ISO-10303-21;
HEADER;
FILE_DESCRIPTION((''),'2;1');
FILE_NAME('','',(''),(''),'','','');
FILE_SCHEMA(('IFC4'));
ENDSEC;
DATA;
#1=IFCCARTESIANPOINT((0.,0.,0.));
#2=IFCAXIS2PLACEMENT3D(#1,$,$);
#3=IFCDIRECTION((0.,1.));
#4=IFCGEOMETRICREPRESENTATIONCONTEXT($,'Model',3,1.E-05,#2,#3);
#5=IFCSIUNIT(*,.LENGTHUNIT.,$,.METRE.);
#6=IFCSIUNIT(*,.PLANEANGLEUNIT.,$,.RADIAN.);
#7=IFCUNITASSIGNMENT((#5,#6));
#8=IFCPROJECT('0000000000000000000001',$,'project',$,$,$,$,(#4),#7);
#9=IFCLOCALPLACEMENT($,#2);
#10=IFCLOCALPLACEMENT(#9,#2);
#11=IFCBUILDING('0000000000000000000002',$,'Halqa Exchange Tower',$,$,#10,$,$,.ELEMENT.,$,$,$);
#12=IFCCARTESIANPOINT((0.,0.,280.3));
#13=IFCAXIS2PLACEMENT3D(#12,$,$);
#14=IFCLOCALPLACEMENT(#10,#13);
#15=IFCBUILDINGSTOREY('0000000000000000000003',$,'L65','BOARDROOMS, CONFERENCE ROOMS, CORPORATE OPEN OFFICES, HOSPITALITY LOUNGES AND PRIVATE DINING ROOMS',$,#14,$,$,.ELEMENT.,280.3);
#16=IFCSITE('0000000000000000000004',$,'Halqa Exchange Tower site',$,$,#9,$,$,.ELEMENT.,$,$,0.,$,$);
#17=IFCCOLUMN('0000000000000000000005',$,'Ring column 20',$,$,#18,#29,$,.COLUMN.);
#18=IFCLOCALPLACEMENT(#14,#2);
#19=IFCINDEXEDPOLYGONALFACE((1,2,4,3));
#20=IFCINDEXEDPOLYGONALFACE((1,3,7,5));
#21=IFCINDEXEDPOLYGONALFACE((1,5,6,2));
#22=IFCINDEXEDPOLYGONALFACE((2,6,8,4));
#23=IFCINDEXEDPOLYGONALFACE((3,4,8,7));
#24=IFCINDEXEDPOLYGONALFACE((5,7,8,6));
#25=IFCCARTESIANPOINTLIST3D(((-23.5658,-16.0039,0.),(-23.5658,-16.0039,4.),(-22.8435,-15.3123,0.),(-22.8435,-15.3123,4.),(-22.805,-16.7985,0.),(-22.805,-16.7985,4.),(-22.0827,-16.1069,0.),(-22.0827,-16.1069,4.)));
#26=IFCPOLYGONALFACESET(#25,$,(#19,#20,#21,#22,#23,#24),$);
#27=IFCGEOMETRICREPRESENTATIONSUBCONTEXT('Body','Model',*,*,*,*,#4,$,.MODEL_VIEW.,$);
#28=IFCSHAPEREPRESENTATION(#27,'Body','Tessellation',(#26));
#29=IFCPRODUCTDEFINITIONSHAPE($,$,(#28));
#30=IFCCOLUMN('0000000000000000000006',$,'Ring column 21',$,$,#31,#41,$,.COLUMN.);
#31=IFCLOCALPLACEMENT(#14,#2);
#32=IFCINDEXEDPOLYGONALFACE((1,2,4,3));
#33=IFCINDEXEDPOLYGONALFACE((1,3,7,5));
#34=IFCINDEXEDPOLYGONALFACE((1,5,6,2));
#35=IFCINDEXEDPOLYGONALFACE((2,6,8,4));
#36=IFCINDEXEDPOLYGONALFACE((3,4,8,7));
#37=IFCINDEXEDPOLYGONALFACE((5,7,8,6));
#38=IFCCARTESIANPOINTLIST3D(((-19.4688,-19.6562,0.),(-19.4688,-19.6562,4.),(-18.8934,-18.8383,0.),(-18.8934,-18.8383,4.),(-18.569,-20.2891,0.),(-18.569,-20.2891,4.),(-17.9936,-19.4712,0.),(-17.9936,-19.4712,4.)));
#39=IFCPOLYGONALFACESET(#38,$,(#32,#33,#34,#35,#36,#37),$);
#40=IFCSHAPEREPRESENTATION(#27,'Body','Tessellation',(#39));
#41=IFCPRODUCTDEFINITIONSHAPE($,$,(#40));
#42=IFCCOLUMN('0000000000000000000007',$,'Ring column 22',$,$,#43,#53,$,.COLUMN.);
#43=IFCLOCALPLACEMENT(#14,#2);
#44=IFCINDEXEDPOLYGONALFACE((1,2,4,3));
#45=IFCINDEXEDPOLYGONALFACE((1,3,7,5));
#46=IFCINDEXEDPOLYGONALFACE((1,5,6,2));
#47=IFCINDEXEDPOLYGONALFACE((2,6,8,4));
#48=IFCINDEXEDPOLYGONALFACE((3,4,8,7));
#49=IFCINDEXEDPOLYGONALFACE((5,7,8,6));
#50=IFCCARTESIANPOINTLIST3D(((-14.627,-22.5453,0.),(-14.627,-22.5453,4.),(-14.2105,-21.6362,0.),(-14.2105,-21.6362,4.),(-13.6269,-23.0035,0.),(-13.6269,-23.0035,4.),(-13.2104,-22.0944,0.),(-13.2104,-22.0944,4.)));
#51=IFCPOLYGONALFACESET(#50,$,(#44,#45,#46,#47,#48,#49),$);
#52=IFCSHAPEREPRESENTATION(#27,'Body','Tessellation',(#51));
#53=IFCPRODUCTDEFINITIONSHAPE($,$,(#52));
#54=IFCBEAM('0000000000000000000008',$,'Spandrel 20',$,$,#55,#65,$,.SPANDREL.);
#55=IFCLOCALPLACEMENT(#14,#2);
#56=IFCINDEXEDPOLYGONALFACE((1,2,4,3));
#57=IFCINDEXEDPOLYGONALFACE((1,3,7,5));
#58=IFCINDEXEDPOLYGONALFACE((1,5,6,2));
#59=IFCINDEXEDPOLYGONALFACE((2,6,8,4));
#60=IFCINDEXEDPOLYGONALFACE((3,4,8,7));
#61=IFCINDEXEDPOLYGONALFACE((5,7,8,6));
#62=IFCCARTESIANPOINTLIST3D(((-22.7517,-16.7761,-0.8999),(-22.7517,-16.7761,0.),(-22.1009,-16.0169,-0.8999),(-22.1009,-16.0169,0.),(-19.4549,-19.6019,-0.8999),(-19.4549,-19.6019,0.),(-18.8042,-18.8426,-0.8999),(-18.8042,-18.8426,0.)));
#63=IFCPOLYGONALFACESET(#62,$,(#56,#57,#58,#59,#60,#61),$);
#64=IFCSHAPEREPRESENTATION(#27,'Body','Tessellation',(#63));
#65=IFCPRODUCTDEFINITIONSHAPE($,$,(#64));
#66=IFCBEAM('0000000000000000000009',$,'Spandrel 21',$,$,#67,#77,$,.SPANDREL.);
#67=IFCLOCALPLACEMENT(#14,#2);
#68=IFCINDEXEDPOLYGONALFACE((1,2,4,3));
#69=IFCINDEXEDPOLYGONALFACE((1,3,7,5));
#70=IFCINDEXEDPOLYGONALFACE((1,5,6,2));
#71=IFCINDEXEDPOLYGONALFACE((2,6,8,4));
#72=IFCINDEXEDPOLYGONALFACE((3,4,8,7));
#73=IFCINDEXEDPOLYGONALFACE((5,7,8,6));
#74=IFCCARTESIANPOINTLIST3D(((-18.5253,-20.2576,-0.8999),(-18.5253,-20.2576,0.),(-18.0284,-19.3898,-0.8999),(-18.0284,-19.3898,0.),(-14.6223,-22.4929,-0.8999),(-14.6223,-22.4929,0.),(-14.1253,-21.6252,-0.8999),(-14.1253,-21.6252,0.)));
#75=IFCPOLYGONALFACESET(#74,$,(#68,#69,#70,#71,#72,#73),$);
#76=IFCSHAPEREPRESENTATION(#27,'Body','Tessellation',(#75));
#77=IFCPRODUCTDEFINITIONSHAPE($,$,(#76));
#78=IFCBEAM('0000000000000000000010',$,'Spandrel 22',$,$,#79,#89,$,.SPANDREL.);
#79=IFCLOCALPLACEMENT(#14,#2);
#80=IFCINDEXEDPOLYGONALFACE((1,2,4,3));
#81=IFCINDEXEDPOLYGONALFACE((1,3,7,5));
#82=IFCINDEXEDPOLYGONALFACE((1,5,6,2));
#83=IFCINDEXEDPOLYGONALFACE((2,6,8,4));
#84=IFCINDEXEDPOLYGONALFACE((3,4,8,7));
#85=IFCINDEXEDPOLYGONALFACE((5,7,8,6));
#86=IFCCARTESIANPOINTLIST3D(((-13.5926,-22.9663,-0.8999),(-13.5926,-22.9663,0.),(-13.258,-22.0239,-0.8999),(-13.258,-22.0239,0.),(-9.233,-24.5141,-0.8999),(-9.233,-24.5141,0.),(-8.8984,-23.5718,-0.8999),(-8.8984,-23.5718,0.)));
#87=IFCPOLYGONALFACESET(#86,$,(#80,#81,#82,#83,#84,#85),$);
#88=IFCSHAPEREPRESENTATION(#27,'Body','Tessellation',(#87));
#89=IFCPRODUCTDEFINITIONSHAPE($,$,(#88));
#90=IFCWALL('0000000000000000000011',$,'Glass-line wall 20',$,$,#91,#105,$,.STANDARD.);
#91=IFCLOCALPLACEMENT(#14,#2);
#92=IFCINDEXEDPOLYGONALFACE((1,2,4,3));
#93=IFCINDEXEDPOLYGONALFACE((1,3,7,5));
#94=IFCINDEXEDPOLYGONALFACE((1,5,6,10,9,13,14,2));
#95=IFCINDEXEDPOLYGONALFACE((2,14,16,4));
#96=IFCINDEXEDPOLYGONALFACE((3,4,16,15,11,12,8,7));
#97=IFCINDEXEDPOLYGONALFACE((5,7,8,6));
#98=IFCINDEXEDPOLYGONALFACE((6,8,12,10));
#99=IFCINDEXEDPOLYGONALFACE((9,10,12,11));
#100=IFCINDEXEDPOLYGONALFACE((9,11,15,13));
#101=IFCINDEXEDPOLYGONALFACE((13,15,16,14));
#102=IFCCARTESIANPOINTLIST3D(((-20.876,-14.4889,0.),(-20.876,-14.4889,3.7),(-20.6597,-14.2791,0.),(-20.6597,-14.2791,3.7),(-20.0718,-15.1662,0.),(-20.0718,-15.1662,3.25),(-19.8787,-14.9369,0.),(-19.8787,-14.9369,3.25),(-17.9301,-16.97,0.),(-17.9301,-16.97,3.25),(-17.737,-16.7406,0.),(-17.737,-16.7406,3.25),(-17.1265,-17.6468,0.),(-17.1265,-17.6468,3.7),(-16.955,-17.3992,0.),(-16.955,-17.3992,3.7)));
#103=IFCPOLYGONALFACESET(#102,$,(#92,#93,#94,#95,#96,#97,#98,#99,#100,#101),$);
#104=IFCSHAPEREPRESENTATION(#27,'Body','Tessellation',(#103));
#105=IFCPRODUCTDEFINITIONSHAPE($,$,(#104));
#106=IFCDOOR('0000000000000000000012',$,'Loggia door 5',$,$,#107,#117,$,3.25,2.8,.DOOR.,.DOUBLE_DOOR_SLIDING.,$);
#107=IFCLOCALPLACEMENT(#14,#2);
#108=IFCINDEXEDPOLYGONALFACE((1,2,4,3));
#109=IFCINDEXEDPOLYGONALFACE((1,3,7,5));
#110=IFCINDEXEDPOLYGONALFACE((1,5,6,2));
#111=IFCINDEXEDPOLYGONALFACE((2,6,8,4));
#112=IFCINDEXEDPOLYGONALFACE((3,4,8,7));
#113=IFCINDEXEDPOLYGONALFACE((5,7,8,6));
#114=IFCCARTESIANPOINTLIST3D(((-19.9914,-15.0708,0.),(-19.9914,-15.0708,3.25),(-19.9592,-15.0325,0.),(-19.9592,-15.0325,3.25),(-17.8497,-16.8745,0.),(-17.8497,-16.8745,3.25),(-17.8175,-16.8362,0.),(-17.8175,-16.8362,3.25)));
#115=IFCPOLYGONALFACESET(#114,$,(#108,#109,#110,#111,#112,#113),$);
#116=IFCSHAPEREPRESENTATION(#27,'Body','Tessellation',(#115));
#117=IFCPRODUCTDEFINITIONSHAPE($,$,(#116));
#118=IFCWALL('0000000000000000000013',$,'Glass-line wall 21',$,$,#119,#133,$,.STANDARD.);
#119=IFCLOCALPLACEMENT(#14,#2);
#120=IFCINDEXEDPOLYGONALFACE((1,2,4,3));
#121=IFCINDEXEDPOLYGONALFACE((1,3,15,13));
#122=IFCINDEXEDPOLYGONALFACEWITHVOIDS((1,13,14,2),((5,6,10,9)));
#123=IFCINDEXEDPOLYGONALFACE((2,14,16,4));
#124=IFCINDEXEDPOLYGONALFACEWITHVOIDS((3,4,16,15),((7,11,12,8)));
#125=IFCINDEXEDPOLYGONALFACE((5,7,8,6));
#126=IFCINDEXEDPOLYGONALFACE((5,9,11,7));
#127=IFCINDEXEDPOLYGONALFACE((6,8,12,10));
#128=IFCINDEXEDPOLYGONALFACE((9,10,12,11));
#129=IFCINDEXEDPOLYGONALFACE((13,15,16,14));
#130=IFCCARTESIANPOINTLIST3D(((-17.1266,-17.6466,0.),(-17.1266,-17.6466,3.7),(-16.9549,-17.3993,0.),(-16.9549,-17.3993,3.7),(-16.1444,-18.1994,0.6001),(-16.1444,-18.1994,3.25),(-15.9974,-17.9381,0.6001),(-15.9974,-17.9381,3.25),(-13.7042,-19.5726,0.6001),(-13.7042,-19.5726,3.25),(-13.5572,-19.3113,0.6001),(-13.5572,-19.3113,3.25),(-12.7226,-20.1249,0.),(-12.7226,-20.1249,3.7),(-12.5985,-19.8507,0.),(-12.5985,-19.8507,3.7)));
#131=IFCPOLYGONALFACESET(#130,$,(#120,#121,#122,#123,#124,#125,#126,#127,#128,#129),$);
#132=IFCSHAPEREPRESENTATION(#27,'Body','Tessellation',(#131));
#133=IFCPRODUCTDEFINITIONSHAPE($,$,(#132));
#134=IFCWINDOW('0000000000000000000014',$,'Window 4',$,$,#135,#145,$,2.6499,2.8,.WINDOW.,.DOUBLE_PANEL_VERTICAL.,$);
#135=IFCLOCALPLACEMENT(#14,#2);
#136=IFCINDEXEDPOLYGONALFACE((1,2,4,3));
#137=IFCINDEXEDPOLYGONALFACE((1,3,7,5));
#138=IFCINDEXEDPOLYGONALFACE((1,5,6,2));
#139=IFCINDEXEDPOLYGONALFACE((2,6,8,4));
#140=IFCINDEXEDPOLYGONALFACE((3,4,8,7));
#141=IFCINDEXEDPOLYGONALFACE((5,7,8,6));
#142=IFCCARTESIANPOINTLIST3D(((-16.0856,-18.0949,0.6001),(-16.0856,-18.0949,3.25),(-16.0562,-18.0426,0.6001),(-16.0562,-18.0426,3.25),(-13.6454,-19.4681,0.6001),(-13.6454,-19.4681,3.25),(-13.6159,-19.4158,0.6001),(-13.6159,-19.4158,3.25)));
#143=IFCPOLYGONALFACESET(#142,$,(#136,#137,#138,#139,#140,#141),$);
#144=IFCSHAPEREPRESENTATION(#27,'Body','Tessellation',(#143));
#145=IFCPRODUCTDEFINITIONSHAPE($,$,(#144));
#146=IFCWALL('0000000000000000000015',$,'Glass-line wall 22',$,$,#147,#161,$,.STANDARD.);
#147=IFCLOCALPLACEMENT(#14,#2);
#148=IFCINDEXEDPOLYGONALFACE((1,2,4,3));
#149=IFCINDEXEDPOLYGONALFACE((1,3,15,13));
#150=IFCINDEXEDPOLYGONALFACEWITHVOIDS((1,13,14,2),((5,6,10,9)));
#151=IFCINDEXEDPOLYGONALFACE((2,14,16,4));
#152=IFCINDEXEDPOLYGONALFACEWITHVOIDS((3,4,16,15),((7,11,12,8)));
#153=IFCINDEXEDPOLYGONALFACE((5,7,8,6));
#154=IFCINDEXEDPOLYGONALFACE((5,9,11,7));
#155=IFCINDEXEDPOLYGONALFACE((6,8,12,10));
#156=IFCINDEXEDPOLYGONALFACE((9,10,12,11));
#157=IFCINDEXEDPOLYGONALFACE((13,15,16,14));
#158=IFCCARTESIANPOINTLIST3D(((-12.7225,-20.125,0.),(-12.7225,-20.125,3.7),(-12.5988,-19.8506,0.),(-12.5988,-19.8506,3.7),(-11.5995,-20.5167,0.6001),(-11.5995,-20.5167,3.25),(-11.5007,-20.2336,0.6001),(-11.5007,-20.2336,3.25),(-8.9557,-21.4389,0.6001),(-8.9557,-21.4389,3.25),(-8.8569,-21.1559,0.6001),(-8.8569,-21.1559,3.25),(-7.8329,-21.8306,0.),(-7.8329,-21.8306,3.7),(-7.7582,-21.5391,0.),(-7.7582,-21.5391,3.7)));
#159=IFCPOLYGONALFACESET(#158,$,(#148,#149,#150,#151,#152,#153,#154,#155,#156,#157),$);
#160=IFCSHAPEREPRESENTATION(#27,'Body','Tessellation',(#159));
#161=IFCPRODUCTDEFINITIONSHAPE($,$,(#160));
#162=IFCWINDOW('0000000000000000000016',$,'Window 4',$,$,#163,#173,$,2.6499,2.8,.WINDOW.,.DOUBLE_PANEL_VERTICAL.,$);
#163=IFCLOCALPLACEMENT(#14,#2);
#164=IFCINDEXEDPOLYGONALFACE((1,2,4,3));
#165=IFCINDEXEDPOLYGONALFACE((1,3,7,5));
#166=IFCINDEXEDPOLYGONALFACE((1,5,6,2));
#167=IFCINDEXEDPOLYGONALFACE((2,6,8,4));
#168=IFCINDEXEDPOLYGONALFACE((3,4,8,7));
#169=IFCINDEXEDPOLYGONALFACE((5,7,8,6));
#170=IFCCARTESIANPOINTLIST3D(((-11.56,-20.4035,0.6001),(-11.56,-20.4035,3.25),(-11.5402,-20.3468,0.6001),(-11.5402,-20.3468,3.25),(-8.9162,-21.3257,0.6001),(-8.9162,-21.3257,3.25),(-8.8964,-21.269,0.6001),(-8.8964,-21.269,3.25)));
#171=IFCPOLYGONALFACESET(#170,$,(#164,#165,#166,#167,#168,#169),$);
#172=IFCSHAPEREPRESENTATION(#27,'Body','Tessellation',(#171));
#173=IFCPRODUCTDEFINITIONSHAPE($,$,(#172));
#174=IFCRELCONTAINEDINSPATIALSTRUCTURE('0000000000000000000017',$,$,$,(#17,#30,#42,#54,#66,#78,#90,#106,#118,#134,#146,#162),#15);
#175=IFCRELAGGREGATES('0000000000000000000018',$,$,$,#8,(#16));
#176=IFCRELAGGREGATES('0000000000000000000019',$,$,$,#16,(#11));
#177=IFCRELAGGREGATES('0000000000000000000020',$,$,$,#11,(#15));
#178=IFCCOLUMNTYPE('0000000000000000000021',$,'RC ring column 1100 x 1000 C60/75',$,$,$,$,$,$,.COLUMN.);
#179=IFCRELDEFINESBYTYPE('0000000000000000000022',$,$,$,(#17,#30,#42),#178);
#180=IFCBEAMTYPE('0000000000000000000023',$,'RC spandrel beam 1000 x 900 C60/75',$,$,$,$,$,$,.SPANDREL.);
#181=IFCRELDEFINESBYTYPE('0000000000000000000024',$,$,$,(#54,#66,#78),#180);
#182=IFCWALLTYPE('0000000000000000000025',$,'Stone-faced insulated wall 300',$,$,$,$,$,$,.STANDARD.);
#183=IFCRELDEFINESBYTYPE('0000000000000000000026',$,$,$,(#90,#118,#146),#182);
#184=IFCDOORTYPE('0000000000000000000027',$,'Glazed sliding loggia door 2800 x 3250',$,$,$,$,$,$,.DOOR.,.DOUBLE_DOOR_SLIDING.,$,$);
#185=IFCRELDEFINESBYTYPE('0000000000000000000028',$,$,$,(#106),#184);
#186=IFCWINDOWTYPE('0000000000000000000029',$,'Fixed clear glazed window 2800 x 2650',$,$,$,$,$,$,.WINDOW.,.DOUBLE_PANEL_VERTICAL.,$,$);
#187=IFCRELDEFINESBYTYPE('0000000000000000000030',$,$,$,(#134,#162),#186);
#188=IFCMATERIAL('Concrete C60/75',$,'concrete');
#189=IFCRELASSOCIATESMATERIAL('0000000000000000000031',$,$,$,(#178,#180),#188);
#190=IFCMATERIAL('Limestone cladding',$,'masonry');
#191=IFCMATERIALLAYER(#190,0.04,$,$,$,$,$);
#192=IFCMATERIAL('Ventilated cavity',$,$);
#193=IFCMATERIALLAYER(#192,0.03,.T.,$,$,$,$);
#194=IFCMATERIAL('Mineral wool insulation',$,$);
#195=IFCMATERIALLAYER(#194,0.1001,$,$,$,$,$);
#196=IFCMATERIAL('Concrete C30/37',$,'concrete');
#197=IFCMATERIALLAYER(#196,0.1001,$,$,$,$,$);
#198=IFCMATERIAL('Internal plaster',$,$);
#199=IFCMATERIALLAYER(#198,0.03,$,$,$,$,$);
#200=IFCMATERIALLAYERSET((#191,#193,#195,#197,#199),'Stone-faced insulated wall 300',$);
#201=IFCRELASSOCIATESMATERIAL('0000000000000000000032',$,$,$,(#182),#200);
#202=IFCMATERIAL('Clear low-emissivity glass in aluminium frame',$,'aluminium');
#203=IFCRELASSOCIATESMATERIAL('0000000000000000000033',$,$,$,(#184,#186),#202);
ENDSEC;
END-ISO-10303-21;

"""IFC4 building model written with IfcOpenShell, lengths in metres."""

from ifc_helpers import new_model, si_unit, direction, frame, frame_2d, origin, origin_2d, place, context, subcontext, project, spatial, polyline, rectangle, outline, extrude, material, layer, layer_set, material_profile, profile_set, type_object, element, fill, save


model = new_model("IFC4")

# Units and contexts
model_context = context("Model", 3, precision=1e-05, world=origin(), true_north=direction((0.0, 1.0)))
body_context = subcontext(model_context, "Body", "Model", "MODEL_VIEW")
ifc_project = project(units=[si_unit("LENGTHUNIT", "METRE"), si_unit("PLANEANGLEUNIT", "RADIAN")], contexts=[model_context])

# Site, building, storey
site_placement = place(None, origin())
site = spatial("IfcSite", under=ifc_project, at=site_placement, Name="Halqa Exchange Tower site", CompositionType="ELEMENT", RefElevation=0.0)
building_placement = place(site_placement, origin())
building = spatial("IfcBuilding", under=site, at=building_placement, Name="Halqa Exchange Tower", CompositionType="ELEMENT")
storey_placement = place(building_placement, frame((0.0, 0.0, 280.3)))
storey = spatial("IfcBuildingStorey", under=building, at=storey_placement, Name="L65", Description="BOARDROOMS, CONFERENCE ROOMS, CORPORATE OPEN OFFICES, HOSPITALITY LOUNGES AND PRIVATE DINING ROOMS", CompositionType="ELEMENT", Elevation=280.3)

# Columns
ifc_material_1 = material(Name="Concrete C60/75", Category="concrete")
ifc_material_profile_1 = material_profile(ifc_material_1, rectangle(XDim=1.1001, YDim=1.0, at=origin_2d()), Name="1100 x 1000")
ifc_profile_set_1 = profile_set([ifc_material_profile_1], Name="Concrete C60/75")
column_type = type_object("IfcColumnType", Name="RC ring column 1100 x 1000 C60/75", PredefinedType="COLUMN", material=ifc_profile_set_1)
for number, where, z_axis, x_axis, name in (
    (1, (-22.8242, -16.0554, 0.0), (0.0, 0.0, 1.0), (0.691577, -0.722302, 0.0), "Ring column 20"),
    (2, (-18.7312, -19.5637, 0.0), (0.0, 0.0, 1.0), (0.817907, -0.575351, 0.0), "Ring column 21"),
    (3, (-13.9187, -22.3198, 0.0), (0.0, 0.0, 1.0), (0.909129, -0.416514, 0.0), "Ring column 22"),
):
    element("IfcColumn", number, at=place(storey_placement, frame(where, z_axis=z_axis, x_axis=x_axis)), inside=storey, type_object=column_type, Name=name, PredefinedType="COLUMN", context=body_context, shape_type="SweptSolid", body=[
        extrude(rectangle(XDim=1.1001, YDim=1.0, at=origin_2d()), origin(), (0.0, 0.0, 1.0), 4.0),
    ])

# Beams
ifc_material_profile_2 = material_profile(ifc_material_1, rectangle(XDim=1.0, YDim=0.8999, at=origin_2d()), Name="1000 x 900")
ifc_profile_set_2 = profile_set([ifc_material_profile_2], Name="Concrete C60/75")
beam_type = type_object("IfcBeamType", Name="RC spandrel beam 1000 x 900 C60/75", PredefinedType="SPANDREL", material=ifc_profile_set_2)
beam_1_placement = place(storey_placement, frame((-22.4263, -16.3965, -0.45), z_axis=(0.759257, -0.650791, 0.0), x_axis=(0.650791, 0.759257, 0.0)))
element("IfcBeam", 4, at=beam_1_placement, inside=storey, type_object=beam_type, Name="Spandrel 20", PredefinedType="SPANDREL", context=body_context, shape_type="SweptSolid", body=[
    extrude(rectangle(XDim=1.0, YDim=0.8999, at=origin_2d()), origin(), (0.0, 0.0, 1.0), 4.342),
])
beam_2_placement = place(storey_placement, frame((-18.2769, -19.8237, -0.45), z_axis=(0.867762, -0.49698, 0.0), x_axis=(0.49698, 0.867762, 0.0)))
element("IfcBeam", 5, at=beam_2_placement, inside=storey, type_object=beam_type, Name="Spandrel 21", PredefinedType="SPANDREL", context=body_context, shape_type="SweptSolid", body=[
    extrude(rectangle(XDim=1.0, YDim=0.8999, at=origin_2d()), origin(), (0.0, 0.0, 1.0), 4.4978),
])
beam_3_placement = place(storey_placement, frame((-13.4253, -22.4951, -0.45), z_axis=(0.942367, -0.334581, 0.0), x_axis=(0.334581, 0.942367, 0.0)))
element("IfcBeam", 6, at=beam_3_placement, inside=storey, type_object=beam_type, Name="Spandrel 22", PredefinedType="SPANDREL", context=body_context, shape_type="SweptSolid", body=[
    extrude(rectangle(XDim=1.0, YDim=0.8999, at=origin_2d()), origin(), (0.0, 0.0, 1.0), 4.6262),
])

# Wall, opening, door
ifc_material_2 = material(Name="Limestone cladding", Category="masonry")
ifc_layer_1 = layer(ifc_material_2, 0.04)
ifc_material_3 = material(Name="Ventilated cavity")
ifc_layer_2 = layer(ifc_material_3, 0.03, ventilated=True)
ifc_material_4 = material(Name="Mineral wool insulation")
ifc_layer_3 = layer(ifc_material_4, 0.1001)
ifc_material_5 = material(Name="Concrete C30/37", Category="concrete")
ifc_layer_4 = layer(ifc_material_5, 0.1001)
ifc_material_6 = material(Name="Internal plaster")
ifc_layer_5 = layer(ifc_material_6, 0.03)
ifc_layer_set_1 = layer_set([ifc_layer_1, ifc_layer_2, ifc_layer_3, ifc_layer_4, ifc_layer_5], Name="Stone-faced insulated wall 300")
wall_type_1 = type_object("IfcWallType", Name="Stone-faced insulated wall 300", PredefinedType="STANDARD", material=ifc_layer_set_1)
wall_1_placement = place(storey_placement, frame((-20.7678, -14.384, 0.0), z_axis=(0.0, 0.0, 1.0), x_axis=(0.764876, -0.644177, 0.0)))
wall_1 = element("IfcWall", 7, at=wall_1_placement, inside=storey, type_object=wall_type_1, Name="Glass-line wall 20", PredefinedType="STANDARD", context=body_context, shape_type="SweptSolid", body=[
    extrude(outline(polyline([(-0.0151, -0.1499), (4.887, -0.1499), (4.8586, 0.1499), (0.0151, 0.1499), (-0.0151, -0.1499)])), origin(), (0.0, 0.0, 1.0), 3.7),
])
opening_1_placement = place(wall_1_placement, frame((1.0364, 0.0, 0.0)))
opening_1 = element("IfcOpeningElement", 8, at=opening_1_placement, cuts=wall_1, PredefinedType="OPENING", context=body_context, shape_type="SweptSolid", body=[
    extrude(rectangle(XDim=2.8, YDim=3.25, at=frame_2d((1.3999, 1.625))), frame((0.0, 0.1621, 0.0), z_axis=(0.0, -1.0, 0.0), x_axis=(1.0, 0.0, 0.0)), (0.0, 0.0, 1.0), 0.324),
])
ifc_material_7 = material(Name="Clear low-emissivity glass in aluminium frame", Category="aluminium")
door_type_1 = type_object("IfcDoorType", Name="Glazed sliding loggia door 2800 x 3250", OperationType="DOUBLE_DOOR_SLIDING", PredefinedType="DOOR", material=ifc_material_7)
door_1_placement = place(opening_1_placement, origin())
door_1 = element("IfcDoor", 9, at=door_1_placement, inside=storey, type_object=door_type_1, Name="Loggia door 5", OperationType="DOUBLE_DOOR_SLIDING", OverallHeight=3.25, OverallWidth=2.8, PredefinedType="DOOR", context=body_context, shape_type="SweptSolid", body=[
    extrude(rectangle(XDim=2.8, YDim=3.25, at=frame_2d((1.3999, 1.625))), frame((0.0, 0.0249, 0.0), z_axis=(0.0, -1.0, 0.0), x_axis=(1.0, 0.0, 0.0)), (0.0, 0.0, 1.0), 0.05),
])
fill(opening_1, door_1)

# Walls, openings, windows
wall_2_placement = place(storey_placement, frame((-17.0408, -17.5229, 0.0), z_axis=(0.0, 0.0, 1.0), x_axis=(0.871489, -0.490416, 0.0)))
wall_2 = element("IfcWall", 10, at=wall_2_placement, inside=storey, type_object=wall_type_1, Name="Glass-line wall 21", PredefinedType="STANDARD", context=body_context, shape_type="SweptSolid", body=[
    extrude(outline(polyline([(-0.0142, -0.1499), (5.0393, -0.1499), (5.0129, 0.1499), (0.0142, 0.1499), (-0.0142, -0.1499)])), origin(), (0.0, 0.0, 1.0), 3.7),
])
opening_2_placement = place(wall_2_placement, frame((1.113, 0.0, 0.6001)))
opening_2 = element("IfcOpeningElement", 11, at=opening_2_placement, cuts=wall_2, PredefinedType="OPENING", context=body_context, shape_type="SweptSolid", body=[
    extrude(rectangle(XDim=2.8, YDim=2.6499, at=frame_2d((1.3999, 1.325))), frame((0.0, 0.1621, 0.0), z_axis=(0.0, -1.0, 0.0), x_axis=(1.0, 0.0, 0.0)), (0.0, 0.0, 1.0), 0.324),
])
window_type = type_object("IfcWindowType", Name="Fixed clear glazed window 2800 x 2650", PartitioningType="DOUBLE_PANEL_VERTICAL", PredefinedType="WINDOW", material=ifc_material_7)
window_1_placement = place(opening_2_placement, origin())
window_1 = element("IfcWindow", 12, at=window_1_placement, inside=storey, type_object=window_type, Name="Window 4", OverallHeight=2.6499, OverallWidth=2.8, PartitioningType="DOUBLE_PANEL_VERTICAL", PredefinedType="WINDOW", context=body_context, shape_type="SweptSolid", body=[
    extrude(rectangle(XDim=2.8, YDim=2.6499, at=frame_2d((1.3999, 1.325))), frame((0.0, 0.03, 0.0), z_axis=(0.0, -1.0, 0.0), x_axis=(1.0, 0.0, 0.0)), (0.0, 0.0, 1.0), 0.0601),
])
fill(opening_2, window_1)
wall_3_placement = place(storey_placement, frame((-12.6606, -19.9878, 0.0), z_axis=(0.0, 0.0, 1.0), x_axis=(0.944204, -0.32936, 0.0)))
wall_3 = element("IfcWall", 13, at=wall_3_placement, inside=storey, type_object=wall_type_1, Name="Glass-line wall 22", PredefinedType="STANDARD", context=body_context, shape_type="SweptSolid", body=[
    extrude(outline(polyline([(-0.0132, -0.1499), (5.1653, -0.1499), (5.1399, 0.1499), (0.0132, 0.1499), (-0.0132, -0.1499)])), origin(), (0.0, 0.0, 1.0), 3.7),
])
opening_3_placement = place(wall_3_placement, frame((1.1763, 0.0, 0.6001)))
opening_3 = element("IfcOpeningElement", 14, at=opening_3_placement, cuts=wall_3, PredefinedType="OPENING", context=body_context, shape_type="SweptSolid", body=[
    extrude(rectangle(XDim=2.8, YDim=2.6499, at=frame_2d((1.3999, 1.325))), frame((0.0, 0.1621, 0.0), z_axis=(0.0, -1.0, 0.0), x_axis=(1.0, 0.0, 0.0)), (0.0, 0.0, 1.0), 0.324),
])
window_2_placement = place(opening_3_placement, origin())
window_2 = element("IfcWindow", 15, at=window_2_placement, inside=storey, type_object=window_type, Name="Window 4", OverallHeight=2.6499, OverallWidth=2.8, PartitioningType="DOUBLE_PANEL_VERTICAL", PredefinedType="WINDOW", context=body_context, shape_type="SweptSolid", body=[
    extrude(rectangle(XDim=2.8, YDim=2.6499, at=frame_2d((1.3999, 1.325))), frame((0.0, 0.03, 0.0), z_axis=(0.0, -1.0, 0.0), x_axis=(1.0, 0.0, 0.0)), (0.0, 0.0, 1.0), 0.0601),
])
fill(opening_3, window_2)

save(model, "model.ifc")
